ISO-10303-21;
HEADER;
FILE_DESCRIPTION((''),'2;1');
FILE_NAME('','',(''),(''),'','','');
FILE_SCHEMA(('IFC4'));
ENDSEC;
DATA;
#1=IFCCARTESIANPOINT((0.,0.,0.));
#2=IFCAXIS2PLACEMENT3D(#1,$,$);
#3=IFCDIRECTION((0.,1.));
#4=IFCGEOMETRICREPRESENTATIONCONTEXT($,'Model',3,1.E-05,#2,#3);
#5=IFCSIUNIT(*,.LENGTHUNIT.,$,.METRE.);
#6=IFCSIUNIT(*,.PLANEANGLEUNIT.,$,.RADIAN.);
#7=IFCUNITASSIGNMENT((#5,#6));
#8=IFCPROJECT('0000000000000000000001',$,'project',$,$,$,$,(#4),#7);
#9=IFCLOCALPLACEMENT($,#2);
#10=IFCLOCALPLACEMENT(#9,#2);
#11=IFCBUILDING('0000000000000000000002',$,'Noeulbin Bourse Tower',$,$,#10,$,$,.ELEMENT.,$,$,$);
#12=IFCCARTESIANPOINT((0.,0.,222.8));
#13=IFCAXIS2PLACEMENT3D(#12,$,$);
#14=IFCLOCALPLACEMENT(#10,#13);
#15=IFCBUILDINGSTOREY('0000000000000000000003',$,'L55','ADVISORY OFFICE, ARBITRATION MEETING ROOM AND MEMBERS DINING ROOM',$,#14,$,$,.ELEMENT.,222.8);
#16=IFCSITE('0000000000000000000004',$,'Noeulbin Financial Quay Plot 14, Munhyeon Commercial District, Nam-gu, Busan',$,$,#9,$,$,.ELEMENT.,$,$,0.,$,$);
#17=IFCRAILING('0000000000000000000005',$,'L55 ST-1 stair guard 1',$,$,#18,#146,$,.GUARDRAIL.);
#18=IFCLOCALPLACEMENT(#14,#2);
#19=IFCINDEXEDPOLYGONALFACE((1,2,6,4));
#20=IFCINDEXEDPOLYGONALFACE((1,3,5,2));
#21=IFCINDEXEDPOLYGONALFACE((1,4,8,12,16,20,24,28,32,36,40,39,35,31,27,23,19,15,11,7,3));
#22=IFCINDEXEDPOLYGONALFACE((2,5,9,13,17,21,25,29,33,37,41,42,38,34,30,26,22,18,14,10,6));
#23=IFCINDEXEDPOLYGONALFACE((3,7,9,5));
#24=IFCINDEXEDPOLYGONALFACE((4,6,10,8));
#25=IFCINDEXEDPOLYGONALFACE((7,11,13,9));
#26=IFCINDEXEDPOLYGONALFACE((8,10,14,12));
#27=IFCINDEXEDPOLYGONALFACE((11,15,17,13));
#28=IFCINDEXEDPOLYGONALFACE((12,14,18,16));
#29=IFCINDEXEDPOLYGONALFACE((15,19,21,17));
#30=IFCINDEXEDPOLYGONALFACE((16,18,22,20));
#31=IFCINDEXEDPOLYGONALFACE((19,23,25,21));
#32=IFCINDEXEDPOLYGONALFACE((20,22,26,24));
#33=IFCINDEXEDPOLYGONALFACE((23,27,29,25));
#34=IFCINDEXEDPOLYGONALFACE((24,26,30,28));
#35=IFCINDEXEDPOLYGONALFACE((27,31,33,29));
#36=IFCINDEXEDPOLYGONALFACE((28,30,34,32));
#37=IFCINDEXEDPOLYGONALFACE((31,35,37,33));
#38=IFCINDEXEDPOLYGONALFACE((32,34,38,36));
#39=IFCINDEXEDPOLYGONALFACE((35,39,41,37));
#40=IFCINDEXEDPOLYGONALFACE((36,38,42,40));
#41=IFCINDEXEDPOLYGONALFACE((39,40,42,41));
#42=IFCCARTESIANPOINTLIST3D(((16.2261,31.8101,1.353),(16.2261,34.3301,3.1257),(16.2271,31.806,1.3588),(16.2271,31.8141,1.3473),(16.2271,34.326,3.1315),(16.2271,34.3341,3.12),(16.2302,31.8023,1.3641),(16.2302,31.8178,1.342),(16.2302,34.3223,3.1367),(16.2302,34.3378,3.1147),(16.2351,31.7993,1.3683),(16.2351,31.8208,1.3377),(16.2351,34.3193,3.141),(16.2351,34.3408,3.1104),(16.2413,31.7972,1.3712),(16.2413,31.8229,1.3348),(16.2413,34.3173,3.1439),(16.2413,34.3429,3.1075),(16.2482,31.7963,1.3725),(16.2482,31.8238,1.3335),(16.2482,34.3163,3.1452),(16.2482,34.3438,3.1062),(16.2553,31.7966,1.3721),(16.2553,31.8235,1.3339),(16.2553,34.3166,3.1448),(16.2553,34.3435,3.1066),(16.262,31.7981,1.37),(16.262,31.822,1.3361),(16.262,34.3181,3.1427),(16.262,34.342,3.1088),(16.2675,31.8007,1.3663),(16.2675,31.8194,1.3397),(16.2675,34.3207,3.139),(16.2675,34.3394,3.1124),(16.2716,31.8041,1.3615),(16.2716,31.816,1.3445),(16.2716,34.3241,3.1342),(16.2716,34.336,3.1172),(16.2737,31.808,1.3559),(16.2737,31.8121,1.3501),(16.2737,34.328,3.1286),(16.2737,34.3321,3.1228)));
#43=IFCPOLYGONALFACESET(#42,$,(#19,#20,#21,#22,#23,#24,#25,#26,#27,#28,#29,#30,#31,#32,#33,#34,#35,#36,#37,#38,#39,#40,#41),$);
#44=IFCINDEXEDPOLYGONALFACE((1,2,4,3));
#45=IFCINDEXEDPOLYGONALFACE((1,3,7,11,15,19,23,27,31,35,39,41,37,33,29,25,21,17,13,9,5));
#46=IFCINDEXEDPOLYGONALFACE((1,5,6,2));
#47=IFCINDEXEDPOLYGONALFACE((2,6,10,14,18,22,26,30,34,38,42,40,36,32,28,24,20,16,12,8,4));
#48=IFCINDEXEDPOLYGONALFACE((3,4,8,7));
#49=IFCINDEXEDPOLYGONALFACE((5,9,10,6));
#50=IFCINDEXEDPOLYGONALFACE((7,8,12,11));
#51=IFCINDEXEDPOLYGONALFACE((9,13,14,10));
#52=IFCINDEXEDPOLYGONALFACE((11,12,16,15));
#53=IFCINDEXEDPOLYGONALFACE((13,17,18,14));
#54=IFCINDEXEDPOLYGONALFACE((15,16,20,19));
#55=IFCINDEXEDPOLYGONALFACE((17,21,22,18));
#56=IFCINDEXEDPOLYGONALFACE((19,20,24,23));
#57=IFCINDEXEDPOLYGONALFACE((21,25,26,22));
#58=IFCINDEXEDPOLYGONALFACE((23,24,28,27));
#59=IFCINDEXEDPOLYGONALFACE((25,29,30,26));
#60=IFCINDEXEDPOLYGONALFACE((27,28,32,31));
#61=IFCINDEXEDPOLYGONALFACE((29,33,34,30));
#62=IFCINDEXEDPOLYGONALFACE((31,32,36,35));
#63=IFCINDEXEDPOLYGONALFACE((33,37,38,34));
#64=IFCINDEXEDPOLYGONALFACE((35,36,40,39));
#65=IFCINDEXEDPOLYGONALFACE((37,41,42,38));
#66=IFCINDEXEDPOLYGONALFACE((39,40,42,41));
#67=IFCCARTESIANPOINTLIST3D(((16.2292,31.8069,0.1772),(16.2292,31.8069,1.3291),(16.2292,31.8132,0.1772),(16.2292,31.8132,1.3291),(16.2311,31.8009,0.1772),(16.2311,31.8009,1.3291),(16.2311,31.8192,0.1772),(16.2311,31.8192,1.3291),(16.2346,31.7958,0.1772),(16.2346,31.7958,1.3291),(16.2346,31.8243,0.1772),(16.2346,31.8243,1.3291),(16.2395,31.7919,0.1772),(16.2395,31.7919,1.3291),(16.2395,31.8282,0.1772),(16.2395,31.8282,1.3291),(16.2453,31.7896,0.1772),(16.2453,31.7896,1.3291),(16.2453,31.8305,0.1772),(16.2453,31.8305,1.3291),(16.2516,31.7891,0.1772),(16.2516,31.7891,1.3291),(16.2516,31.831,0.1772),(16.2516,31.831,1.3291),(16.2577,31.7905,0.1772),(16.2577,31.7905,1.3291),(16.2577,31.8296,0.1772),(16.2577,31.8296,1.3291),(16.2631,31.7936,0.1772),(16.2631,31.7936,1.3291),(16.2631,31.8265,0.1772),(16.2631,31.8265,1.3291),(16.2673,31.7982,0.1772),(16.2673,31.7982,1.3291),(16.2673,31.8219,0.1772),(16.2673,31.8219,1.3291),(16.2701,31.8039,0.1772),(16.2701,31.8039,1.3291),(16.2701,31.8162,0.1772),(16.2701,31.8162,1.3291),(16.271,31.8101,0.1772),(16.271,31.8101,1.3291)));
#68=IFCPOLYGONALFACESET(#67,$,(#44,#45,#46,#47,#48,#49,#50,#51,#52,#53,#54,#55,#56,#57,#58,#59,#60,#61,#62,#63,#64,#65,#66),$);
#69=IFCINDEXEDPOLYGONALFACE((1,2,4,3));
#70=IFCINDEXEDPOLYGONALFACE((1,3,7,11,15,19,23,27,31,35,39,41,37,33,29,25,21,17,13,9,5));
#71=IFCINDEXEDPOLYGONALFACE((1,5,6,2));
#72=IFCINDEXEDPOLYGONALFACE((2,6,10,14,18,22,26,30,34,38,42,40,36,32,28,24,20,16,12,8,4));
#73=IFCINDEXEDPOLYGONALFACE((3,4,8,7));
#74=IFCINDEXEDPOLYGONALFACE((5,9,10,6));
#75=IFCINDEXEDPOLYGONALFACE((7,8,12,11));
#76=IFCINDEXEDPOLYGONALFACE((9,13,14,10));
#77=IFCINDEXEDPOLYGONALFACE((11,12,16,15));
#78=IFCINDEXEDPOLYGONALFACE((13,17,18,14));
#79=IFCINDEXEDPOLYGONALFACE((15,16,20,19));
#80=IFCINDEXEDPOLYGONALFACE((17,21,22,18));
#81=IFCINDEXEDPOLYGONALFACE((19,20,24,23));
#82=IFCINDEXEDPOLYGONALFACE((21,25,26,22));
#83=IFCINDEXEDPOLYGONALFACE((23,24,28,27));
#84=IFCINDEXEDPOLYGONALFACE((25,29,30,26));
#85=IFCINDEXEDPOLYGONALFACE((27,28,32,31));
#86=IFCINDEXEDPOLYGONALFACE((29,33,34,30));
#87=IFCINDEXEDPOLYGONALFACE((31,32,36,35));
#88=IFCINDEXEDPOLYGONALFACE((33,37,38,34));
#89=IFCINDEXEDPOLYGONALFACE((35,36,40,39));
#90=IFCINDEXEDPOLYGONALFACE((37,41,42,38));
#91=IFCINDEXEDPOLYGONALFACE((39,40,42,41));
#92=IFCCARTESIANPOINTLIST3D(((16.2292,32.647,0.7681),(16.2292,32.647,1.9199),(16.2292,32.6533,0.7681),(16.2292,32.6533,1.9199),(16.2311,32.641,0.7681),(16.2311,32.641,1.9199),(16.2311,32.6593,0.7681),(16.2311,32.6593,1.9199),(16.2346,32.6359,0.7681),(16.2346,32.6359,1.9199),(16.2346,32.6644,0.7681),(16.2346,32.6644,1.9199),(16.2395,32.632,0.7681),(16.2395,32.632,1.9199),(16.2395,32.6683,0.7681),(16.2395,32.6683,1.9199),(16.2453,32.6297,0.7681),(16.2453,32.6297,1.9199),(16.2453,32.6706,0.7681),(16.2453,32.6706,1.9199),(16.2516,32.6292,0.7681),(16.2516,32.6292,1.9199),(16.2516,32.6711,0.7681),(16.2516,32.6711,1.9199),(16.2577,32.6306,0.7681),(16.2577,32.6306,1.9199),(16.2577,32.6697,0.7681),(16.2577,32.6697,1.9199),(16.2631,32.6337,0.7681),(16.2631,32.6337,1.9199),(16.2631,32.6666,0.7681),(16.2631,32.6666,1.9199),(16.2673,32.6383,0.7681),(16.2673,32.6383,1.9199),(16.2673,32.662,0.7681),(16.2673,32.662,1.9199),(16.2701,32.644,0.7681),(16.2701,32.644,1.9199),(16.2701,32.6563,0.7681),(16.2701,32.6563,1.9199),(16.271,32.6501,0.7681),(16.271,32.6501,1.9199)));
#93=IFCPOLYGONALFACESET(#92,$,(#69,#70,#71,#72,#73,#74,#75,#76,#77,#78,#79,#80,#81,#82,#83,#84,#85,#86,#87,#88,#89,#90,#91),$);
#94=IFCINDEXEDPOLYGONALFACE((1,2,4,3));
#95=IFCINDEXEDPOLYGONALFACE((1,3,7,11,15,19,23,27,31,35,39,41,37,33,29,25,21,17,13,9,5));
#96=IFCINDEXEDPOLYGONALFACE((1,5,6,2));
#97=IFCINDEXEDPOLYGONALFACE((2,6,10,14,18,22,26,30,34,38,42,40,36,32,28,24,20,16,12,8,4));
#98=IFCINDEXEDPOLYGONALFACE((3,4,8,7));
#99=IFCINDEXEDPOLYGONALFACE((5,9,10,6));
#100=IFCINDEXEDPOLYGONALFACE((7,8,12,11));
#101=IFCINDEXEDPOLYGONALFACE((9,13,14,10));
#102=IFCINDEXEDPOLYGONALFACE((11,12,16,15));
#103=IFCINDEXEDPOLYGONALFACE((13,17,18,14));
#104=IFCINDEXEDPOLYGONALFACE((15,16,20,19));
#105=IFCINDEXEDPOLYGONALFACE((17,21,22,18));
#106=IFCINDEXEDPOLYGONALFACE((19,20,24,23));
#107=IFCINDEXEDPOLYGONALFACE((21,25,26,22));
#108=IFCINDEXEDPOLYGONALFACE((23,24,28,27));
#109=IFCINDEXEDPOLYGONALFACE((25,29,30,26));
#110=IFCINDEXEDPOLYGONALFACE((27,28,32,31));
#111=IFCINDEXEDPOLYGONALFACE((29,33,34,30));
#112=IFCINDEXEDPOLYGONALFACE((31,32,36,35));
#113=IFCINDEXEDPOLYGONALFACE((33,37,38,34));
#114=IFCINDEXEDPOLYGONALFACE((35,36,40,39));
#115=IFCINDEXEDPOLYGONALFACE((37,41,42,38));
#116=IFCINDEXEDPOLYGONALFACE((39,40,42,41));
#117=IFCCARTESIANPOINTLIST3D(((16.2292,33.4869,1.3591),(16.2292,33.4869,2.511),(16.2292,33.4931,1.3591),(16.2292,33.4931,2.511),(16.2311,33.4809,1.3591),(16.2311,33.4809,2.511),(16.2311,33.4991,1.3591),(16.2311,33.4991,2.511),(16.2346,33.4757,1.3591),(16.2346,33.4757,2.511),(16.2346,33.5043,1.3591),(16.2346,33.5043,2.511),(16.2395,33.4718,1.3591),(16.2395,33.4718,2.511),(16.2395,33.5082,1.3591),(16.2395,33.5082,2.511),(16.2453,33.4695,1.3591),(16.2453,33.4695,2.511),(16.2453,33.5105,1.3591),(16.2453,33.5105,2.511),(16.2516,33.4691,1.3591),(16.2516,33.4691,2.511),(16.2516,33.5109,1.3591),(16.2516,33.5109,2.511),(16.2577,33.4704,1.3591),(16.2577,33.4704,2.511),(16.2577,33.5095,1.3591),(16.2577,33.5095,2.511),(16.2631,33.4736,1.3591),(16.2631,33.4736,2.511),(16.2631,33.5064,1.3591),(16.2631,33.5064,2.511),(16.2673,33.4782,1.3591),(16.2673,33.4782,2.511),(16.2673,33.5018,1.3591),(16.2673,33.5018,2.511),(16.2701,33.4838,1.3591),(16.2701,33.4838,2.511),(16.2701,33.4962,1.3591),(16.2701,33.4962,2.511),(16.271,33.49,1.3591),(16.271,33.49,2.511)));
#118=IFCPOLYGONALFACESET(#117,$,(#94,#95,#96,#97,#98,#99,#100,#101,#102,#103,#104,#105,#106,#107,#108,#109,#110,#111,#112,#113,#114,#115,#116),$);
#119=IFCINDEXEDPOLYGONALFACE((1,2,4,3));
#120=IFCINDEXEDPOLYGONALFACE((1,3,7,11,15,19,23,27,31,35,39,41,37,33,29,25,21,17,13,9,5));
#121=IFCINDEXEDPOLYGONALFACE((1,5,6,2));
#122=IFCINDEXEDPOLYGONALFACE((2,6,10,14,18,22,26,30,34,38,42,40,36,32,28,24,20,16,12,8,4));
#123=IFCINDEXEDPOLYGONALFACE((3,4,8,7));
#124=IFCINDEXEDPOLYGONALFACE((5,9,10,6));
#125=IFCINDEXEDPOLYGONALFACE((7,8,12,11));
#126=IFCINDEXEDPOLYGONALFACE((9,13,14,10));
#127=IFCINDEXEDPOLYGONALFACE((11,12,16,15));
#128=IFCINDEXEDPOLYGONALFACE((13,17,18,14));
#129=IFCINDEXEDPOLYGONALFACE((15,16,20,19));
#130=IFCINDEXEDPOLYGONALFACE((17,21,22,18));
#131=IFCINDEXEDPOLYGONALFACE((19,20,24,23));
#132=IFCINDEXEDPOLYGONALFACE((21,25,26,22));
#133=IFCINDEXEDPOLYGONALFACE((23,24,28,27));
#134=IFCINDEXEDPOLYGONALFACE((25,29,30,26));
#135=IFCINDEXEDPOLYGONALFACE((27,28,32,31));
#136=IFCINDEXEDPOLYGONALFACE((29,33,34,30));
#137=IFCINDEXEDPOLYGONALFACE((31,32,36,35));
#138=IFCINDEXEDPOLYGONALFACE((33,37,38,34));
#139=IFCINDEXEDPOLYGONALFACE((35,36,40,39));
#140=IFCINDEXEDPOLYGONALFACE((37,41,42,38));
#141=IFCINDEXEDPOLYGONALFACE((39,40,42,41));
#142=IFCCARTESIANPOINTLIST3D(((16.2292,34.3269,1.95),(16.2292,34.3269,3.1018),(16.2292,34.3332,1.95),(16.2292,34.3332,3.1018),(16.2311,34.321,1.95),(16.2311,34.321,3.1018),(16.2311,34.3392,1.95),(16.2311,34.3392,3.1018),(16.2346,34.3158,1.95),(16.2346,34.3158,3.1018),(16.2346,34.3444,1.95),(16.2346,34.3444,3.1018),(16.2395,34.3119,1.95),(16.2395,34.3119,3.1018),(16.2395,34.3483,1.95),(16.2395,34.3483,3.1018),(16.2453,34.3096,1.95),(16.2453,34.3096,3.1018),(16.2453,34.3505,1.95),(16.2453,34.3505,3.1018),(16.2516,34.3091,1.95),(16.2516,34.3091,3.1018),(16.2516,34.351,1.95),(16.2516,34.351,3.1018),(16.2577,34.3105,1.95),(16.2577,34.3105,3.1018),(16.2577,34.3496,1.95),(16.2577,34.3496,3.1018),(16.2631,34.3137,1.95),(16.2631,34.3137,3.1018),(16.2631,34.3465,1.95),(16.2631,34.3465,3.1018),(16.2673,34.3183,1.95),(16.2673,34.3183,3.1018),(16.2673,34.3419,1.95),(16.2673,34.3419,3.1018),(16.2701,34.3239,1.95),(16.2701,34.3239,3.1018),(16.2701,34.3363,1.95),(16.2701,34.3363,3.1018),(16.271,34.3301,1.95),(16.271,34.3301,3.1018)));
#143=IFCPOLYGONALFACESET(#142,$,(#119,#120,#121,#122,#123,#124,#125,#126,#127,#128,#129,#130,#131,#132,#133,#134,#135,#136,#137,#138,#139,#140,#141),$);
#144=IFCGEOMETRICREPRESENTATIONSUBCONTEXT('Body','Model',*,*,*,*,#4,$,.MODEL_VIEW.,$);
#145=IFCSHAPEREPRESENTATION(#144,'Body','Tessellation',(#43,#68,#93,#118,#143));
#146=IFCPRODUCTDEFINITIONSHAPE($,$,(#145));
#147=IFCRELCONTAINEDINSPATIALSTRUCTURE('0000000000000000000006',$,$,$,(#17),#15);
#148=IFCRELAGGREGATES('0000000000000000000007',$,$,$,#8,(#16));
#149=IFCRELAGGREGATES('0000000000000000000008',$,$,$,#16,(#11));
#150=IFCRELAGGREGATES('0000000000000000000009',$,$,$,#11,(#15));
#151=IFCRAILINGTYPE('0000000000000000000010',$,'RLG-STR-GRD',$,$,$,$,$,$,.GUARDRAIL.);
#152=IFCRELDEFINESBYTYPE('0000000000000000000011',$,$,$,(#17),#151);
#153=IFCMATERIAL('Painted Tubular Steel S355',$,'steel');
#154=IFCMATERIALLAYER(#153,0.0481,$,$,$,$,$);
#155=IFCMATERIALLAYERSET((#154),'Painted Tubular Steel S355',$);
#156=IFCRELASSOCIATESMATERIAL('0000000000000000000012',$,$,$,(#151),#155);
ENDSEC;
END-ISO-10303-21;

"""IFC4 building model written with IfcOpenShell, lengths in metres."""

from ifc_helpers import new_model, si_unit, direction, frame, origin, origin_2d, place, context, subcontext, project, spatial, circle, extrude, material, layer, layer_set, type_object, element, save


model = new_model("IFC4")

# Units and contexts
model_context = context("Model", 3, precision=1e-05, world=origin(), true_north=direction((0.0, 1.0)))
body_context = subcontext(model_context, "Body", "Model", "MODEL_VIEW")
ifc_project = project(units=[si_unit("LENGTHUNIT", "METRE"), si_unit("PLANEANGLEUNIT", "RADIAN")], contexts=[model_context])

# Site, building, storey
site_placement = place(None, origin())
site = spatial("IfcSite", under=ifc_project, at=site_placement, Name="Noeulbin Financial Quay Plot 14, Munhyeon Commercial District, Nam-gu, Busan", CompositionType="ELEMENT", RefElevation=0.0)
building_placement = place(site_placement, origin())
building = spatial("IfcBuilding", under=site, at=building_placement, Name="Noeulbin Bourse Tower", CompositionType="ELEMENT")
storey_placement = place(building_placement, frame((0.0, 0.0, 222.8)))
storey = spatial("IfcBuildingStorey", under=building, at=storey_placement, Name="L55", Description="ADVISORY OFFICE, ARBITRATION MEETING ROOM AND MEMBERS DINING ROOM", CompositionType="ELEMENT", Elevation=222.8)

# Railing
ifc_material_1 = material(Name="Painted Tubular Steel S355", Category="steel")
ifc_layer_1 = layer(ifc_material_1, 0.0481)
ifc_layer_set_1 = layer_set([ifc_layer_1], Name="Painted Tubular Steel S355")
railing_type_1 = type_object("IfcRailingType", Name="RLG-STR-GRD", PredefinedType="GUARDRAIL", material=ifc_layer_set_1)
railing_1_placement = place(storey_placement, frame((16.25, 31.8101, 0.1772)))
element("IfcRailing", 1, at=railing_1_placement, inside=storey, type_object=railing_type_1, Name="L55 ST-1 stair guard 1", PredefinedType="GUARDRAIL", context=body_context, shape_type="SweptSolid", body=[
    extrude(circle(Radius=0.0239, at=origin_2d()), frame((0.0, 0.0, 1.1758), z_axis=(0.0, 0.817904, 0.575354), x_axis=(-1.0, 0.0, 0.0)), (0.0, 0.0, 1.0), 3.0811),
    extrude(circle(Radius=0.021, at=origin_2d()), origin(), (0.0, 0.0, 1.0), 1.1519),
    extrude(circle(Radius=0.021, at=origin_2d()), frame((0.0, 0.8401, 0.5908)), (0.0, 0.0, 1.0), 1.1519),
    extrude(circle(Radius=0.021, at=origin_2d()), frame((0.0, 1.6799, 1.1819)), (0.0, 0.0, 1.0), 1.1519),
    extrude(circle(Radius=0.021, at=origin_2d()), frame((0.0, 2.52, 1.7727)), (0.0, 0.0, 1.0), 1.1519),
])

save(model, "model.ifc")
